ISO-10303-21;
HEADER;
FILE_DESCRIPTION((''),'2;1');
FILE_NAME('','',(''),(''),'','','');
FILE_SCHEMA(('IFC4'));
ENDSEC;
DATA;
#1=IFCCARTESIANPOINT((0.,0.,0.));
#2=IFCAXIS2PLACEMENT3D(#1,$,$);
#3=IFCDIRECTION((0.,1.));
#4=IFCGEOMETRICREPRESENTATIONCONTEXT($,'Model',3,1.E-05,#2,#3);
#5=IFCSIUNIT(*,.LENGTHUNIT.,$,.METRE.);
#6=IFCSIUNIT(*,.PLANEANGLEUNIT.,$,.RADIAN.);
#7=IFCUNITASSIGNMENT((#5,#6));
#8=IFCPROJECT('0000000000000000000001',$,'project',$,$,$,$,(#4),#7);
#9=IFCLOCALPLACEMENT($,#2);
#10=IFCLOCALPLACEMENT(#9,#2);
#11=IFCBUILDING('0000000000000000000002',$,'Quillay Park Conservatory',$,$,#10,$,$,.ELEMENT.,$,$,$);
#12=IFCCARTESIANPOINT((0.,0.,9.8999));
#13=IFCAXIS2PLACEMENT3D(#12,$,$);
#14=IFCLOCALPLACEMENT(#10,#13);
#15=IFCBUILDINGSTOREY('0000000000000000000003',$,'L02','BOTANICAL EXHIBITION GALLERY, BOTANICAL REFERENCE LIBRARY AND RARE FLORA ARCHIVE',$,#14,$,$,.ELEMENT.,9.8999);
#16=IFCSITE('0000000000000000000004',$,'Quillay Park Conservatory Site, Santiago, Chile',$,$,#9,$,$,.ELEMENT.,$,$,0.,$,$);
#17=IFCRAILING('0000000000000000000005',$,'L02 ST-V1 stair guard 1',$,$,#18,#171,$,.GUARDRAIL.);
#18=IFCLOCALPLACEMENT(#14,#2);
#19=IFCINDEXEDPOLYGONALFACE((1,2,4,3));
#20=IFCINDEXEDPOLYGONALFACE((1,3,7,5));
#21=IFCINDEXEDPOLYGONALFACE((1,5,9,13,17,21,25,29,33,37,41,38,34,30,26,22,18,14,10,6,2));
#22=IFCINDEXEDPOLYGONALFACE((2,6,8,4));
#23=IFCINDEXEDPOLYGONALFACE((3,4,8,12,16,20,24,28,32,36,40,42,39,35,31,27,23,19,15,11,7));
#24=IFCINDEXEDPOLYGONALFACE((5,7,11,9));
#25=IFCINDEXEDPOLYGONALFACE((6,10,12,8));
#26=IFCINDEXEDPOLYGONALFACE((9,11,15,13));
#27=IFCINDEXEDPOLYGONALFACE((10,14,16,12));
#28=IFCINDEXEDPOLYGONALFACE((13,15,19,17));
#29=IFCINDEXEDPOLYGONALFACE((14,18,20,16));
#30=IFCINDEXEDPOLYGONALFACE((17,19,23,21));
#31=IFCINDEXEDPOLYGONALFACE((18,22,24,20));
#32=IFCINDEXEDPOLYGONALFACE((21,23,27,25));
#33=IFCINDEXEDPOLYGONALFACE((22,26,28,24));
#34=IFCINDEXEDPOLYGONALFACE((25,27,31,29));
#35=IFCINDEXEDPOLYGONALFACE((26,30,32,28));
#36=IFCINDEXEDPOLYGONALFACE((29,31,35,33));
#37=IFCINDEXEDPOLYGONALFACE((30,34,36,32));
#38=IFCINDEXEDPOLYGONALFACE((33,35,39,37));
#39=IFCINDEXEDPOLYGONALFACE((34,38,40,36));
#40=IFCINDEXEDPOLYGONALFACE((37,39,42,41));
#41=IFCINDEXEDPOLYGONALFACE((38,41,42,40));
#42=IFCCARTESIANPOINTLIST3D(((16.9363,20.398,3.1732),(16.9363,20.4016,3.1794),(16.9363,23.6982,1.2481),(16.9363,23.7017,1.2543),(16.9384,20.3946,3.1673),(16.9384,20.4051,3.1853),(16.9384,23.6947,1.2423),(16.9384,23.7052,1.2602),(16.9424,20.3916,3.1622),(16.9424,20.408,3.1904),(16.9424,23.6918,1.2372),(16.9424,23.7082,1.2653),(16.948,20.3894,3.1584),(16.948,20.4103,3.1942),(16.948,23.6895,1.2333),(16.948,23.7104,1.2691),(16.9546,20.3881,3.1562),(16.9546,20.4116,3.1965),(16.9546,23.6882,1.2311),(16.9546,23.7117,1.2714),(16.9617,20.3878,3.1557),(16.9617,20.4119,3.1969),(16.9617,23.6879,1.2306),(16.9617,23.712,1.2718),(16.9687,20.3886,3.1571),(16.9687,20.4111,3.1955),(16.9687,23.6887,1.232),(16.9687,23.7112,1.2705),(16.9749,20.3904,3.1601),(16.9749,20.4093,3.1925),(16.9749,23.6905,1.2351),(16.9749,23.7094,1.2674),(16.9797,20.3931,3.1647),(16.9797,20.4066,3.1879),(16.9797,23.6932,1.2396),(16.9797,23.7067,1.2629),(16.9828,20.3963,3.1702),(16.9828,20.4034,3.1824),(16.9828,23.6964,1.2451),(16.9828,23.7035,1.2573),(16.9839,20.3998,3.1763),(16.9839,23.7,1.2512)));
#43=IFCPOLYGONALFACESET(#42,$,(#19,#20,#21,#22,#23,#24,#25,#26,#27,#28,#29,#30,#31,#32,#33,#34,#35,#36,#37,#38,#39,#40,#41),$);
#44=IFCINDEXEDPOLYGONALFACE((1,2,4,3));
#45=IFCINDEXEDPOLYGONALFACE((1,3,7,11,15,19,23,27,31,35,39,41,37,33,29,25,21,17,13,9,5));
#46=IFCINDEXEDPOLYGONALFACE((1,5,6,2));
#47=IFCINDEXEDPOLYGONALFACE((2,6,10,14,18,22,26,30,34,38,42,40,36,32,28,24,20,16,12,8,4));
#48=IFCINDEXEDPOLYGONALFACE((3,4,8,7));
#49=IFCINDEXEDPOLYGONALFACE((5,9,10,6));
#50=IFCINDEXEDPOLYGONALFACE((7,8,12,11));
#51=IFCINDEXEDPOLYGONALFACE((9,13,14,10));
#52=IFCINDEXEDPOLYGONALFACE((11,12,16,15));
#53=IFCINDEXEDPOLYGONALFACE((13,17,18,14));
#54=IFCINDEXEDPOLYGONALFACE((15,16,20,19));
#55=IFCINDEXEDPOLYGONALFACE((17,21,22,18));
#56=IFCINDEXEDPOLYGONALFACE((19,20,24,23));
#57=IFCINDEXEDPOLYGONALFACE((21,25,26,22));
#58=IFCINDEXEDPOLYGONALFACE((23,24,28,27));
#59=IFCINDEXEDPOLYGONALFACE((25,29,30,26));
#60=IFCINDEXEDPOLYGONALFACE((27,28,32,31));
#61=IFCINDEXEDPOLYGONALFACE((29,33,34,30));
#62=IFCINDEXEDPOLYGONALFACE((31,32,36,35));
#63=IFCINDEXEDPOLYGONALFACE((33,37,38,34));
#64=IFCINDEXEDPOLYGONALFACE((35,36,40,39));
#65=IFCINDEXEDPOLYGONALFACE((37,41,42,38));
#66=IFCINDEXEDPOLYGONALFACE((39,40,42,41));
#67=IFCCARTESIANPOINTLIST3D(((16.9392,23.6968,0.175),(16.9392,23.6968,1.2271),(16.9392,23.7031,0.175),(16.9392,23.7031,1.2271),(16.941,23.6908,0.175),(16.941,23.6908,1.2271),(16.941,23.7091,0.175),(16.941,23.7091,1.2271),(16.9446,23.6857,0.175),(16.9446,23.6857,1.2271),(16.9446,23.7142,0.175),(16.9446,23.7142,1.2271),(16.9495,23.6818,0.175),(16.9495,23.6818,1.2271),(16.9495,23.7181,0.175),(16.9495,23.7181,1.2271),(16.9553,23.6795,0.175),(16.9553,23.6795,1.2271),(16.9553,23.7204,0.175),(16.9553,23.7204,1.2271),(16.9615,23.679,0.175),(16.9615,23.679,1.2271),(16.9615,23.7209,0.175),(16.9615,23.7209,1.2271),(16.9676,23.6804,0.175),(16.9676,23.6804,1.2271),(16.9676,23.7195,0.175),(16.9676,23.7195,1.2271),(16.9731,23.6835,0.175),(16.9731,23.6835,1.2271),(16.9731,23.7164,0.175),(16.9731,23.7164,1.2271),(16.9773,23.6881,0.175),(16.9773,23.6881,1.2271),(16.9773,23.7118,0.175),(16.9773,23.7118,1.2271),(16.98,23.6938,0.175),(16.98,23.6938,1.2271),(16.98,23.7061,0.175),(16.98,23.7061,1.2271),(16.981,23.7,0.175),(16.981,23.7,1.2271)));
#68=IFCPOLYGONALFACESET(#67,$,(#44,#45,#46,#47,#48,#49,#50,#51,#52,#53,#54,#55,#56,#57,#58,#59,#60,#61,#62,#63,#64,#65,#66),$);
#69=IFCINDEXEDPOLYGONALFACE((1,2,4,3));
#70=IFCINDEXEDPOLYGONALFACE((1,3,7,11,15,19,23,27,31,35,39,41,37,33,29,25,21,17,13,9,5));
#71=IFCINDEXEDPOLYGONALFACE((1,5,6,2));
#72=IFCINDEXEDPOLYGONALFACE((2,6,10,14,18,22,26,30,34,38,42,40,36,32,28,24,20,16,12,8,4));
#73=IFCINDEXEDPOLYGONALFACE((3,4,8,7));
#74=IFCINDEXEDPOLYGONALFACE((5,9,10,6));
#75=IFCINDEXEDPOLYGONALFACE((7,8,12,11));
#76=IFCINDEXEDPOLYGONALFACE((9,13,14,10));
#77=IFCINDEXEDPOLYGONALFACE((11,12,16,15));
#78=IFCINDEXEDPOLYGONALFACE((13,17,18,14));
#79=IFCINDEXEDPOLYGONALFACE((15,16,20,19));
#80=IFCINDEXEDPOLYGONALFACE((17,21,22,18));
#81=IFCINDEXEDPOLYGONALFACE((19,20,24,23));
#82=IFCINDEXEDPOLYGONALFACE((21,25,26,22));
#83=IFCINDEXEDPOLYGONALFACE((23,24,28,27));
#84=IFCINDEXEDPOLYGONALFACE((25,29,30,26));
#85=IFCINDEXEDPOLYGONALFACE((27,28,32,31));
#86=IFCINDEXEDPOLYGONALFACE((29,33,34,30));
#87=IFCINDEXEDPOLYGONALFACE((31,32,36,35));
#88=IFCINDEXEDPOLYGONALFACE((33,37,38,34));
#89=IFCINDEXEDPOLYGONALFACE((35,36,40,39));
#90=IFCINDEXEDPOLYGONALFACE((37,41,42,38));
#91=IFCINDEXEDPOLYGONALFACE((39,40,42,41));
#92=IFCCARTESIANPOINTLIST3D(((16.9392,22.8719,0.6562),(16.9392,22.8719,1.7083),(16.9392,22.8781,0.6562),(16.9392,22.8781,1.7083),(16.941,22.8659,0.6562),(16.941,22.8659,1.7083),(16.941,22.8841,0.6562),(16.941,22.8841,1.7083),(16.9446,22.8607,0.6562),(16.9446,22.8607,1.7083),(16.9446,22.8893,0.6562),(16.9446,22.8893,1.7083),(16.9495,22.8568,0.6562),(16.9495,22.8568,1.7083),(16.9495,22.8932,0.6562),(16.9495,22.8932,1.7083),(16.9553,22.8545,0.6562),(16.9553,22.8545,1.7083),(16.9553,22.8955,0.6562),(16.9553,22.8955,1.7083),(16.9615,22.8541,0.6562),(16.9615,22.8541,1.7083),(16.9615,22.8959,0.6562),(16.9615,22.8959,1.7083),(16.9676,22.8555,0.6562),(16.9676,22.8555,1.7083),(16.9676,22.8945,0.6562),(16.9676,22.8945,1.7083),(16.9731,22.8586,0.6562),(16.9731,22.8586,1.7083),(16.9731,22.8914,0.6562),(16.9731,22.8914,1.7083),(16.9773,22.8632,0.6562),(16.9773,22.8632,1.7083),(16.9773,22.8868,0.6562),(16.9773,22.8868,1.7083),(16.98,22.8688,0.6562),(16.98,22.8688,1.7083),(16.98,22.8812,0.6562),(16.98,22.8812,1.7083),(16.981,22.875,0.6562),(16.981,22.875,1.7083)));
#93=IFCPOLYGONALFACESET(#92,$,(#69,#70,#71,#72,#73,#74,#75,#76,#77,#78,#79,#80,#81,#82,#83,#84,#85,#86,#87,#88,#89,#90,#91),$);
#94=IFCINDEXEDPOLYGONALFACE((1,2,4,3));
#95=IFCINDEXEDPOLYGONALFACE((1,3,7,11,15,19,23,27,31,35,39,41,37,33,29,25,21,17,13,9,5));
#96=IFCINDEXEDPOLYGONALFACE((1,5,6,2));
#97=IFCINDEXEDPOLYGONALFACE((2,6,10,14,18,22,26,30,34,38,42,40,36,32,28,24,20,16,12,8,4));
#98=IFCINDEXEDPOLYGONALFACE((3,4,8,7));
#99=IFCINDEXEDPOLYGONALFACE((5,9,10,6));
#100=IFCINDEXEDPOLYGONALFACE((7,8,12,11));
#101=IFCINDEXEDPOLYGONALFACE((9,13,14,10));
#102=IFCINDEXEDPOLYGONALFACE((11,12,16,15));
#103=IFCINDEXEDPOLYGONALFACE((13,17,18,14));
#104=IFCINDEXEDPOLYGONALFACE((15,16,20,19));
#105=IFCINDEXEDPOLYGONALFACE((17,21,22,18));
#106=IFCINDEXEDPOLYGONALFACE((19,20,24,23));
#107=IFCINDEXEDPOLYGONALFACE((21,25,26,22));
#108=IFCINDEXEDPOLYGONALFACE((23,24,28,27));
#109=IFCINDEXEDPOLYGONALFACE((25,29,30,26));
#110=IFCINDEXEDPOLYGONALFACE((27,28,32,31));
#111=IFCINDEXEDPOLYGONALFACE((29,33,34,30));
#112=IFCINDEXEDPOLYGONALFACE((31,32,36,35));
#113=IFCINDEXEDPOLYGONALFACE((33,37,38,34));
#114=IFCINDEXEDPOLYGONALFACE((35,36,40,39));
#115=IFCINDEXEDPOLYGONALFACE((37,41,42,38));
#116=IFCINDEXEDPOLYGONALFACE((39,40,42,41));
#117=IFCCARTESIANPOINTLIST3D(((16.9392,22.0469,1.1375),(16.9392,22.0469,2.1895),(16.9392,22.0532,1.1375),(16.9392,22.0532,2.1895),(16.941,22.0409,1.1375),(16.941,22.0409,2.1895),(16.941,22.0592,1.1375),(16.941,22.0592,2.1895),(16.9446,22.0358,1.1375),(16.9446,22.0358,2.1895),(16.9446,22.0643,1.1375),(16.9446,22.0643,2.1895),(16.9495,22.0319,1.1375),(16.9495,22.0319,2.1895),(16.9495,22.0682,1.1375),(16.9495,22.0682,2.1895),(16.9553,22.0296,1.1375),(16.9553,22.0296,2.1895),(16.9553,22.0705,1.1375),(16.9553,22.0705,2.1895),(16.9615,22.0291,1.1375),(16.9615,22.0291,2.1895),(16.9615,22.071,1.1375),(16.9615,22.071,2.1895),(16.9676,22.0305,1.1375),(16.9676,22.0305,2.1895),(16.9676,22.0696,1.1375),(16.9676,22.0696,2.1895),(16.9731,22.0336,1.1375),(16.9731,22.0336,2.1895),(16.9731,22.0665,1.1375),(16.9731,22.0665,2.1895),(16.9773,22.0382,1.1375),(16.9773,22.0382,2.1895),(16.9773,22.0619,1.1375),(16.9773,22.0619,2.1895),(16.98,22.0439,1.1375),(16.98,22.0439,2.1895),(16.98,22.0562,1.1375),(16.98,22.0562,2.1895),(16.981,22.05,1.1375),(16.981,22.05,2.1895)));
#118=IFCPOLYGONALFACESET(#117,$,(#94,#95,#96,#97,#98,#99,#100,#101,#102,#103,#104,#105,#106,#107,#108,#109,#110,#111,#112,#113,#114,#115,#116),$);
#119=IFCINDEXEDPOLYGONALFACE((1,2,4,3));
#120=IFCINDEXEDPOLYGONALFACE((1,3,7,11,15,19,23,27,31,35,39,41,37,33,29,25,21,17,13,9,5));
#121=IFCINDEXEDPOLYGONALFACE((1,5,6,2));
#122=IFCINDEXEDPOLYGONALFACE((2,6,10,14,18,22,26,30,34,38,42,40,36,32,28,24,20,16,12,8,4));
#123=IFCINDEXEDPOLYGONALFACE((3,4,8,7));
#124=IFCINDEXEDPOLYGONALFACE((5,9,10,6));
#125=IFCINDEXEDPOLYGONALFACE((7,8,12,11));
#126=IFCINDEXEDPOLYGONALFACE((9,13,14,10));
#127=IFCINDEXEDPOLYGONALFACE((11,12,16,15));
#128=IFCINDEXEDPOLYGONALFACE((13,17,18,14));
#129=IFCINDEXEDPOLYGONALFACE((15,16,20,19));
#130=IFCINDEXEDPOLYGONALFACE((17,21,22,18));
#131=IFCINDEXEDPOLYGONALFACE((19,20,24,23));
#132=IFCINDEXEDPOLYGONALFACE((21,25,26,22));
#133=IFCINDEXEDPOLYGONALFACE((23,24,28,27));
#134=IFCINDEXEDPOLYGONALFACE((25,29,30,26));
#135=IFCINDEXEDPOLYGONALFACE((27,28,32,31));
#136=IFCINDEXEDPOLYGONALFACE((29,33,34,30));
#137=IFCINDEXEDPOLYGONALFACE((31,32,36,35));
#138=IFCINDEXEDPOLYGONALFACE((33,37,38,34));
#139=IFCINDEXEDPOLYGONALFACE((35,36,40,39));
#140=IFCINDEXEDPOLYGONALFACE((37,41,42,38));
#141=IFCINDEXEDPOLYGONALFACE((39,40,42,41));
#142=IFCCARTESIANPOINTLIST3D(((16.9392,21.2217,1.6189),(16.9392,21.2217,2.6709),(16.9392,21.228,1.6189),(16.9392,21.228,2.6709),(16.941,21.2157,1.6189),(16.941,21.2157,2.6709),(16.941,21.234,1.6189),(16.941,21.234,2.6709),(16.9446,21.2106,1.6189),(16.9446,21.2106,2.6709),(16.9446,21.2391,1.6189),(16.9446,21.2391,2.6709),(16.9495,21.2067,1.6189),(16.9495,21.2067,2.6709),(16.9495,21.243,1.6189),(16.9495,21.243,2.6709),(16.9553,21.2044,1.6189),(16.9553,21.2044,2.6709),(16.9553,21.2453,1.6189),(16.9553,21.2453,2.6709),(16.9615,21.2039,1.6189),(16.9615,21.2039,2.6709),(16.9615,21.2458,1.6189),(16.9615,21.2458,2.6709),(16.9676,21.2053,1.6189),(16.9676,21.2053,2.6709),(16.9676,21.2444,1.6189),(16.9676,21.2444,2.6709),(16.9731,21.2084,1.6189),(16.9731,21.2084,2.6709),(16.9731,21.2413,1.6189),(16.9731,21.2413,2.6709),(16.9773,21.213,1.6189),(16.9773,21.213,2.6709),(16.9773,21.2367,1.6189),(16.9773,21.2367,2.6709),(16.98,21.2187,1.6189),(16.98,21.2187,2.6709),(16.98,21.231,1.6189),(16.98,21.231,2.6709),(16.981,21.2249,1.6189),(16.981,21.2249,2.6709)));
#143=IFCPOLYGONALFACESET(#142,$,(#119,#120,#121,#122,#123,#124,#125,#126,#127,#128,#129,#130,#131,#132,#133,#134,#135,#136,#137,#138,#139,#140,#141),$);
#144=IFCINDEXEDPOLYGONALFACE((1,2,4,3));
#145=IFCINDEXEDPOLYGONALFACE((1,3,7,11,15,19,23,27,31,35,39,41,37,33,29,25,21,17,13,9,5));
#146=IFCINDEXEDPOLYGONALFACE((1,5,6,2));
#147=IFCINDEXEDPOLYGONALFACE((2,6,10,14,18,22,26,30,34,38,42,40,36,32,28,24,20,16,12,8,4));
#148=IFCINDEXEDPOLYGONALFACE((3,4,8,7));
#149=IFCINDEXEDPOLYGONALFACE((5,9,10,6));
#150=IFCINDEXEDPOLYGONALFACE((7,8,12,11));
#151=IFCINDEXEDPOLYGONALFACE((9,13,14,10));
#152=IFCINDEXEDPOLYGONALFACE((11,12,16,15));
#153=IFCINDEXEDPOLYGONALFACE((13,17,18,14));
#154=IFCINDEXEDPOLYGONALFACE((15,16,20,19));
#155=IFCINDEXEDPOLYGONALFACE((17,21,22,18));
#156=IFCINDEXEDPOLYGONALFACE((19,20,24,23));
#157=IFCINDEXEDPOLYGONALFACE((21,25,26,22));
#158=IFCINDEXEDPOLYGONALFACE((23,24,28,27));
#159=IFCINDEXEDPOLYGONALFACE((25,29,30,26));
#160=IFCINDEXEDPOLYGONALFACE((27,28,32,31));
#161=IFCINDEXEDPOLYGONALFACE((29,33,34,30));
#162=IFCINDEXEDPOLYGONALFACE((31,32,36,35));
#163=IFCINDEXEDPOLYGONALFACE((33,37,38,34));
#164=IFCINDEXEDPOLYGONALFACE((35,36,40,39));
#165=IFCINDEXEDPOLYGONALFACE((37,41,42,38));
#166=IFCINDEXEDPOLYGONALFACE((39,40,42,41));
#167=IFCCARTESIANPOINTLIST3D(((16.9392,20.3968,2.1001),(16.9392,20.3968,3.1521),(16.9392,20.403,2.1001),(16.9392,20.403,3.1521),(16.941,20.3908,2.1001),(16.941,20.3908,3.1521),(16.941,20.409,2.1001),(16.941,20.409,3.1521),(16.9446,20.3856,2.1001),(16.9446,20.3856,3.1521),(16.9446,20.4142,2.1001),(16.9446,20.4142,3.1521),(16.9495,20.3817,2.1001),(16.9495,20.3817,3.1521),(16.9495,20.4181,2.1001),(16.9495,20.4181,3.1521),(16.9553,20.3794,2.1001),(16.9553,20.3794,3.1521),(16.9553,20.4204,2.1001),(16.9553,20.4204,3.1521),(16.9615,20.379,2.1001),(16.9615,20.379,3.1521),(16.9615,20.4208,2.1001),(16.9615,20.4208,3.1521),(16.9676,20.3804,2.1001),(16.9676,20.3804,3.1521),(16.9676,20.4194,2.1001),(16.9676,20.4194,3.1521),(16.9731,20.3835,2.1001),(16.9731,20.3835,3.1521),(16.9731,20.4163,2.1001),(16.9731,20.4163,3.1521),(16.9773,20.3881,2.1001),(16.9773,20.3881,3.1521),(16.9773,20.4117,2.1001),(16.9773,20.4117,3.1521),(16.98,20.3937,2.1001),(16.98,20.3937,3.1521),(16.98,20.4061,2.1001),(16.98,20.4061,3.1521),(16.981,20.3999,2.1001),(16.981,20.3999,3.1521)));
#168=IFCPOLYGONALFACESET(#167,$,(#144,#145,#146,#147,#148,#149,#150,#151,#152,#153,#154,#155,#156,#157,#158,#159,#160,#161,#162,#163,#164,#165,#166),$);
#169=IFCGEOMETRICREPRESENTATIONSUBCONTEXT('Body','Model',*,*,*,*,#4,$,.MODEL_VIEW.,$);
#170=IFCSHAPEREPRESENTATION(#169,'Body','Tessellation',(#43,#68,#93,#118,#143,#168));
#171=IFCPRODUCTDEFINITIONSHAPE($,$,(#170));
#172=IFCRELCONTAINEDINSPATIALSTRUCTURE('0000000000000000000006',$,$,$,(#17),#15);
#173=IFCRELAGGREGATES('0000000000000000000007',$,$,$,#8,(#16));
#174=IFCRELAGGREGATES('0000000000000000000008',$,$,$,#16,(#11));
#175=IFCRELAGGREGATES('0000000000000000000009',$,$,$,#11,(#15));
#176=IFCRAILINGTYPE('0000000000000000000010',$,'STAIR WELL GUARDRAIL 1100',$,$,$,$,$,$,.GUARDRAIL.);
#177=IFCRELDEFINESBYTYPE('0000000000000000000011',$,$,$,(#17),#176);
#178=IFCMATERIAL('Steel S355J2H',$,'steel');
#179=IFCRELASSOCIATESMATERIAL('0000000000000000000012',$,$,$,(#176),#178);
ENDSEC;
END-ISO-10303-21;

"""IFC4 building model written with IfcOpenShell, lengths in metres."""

from ifc_helpers import new_model, si_unit, direction, frame, origin, origin_2d, place, context, subcontext, project, spatial, circle, extrude, material, type_object, element, save


model = new_model("IFC4")

# Units and contexts
model_context = context("Model", 3, precision=1e-05, world=origin(), true_north=direction((0.0, 1.0)))
body_context = subcontext(model_context, "Body", "Model", "MODEL_VIEW")
ifc_project = project(units=[si_unit("LENGTHUNIT", "METRE"), si_unit("PLANEANGLEUNIT", "RADIAN")], contexts=[model_context])

# Site, building, storey
site_placement = place(None, origin())
site = spatial("IfcSite", under=ifc_project, at=site_placement, Name="Quillay Park Conservatory Site, Santiago, Chile", CompositionType="ELEMENT", RefElevation=0.0)
building_placement = place(site_placement, origin())
building = spatial("IfcBuilding", under=site, at=building_placement, Name="Quillay Park Conservatory", CompositionType="ELEMENT")
storey_placement = place(building_placement, frame((0.0, 0.0, 9.8999)))
storey = spatial("IfcBuildingStorey", under=building, at=storey_placement, Name="L02", Description="BOTANICAL EXHIBITION GALLERY, BOTANICAL REFERENCE LIBRARY AND RARE FLORA ARCHIVE", CompositionType="ELEMENT", Elevation=9.8999)

# Railing
ifc_material_1 = material(Name="Steel S355J2H", Category="steel")
railing_type_1 = type_object("IfcRailingType", Name="STAIR WELL GUARDRAIL 1100", PredefinedType="GUARDRAIL", material=ifc_material_1)
railing_1_placement = place(storey_placement, frame((16.96, 23.7, 0.175)))
element("IfcRailing", 1, at=railing_1_placement, inside=storey, type_object=railing_type_1, Name="L02 ST-V1 stair guard 1", PredefinedType="GUARDRAIL", context=body_context, shape_type="SweptSolid", body=[
    extrude(circle(Radius=0.0239, at=origin_2d()), frame((0.0, 0.0, 1.0762), z_axis=(0.0, -0.863777, 0.503875), x_axis=(1.0, 0.0, 0.0)), (0.0, 0.0, 1.0), 3.8206),
    extrude(circle(Radius=0.021, at=origin_2d()), origin(), (0.0, 0.0, 1.0), 1.052),
    extrude(circle(Radius=0.021, at=origin_2d()), frame((0.0, -0.825, 0.4812)), (0.0, 0.0, 1.0), 1.052),
    extrude(circle(Radius=0.021, at=origin_2d()), frame((0.0, -1.6499, 0.9624)), (0.0, 0.0, 1.0), 1.052),
    extrude(circle(Radius=0.021, at=origin_2d()), frame((0.0, -2.4751, 1.4438)), (0.0, 0.0, 1.0), 1.052),
    extrude(circle(Radius=0.021, at=origin_2d()), frame((0.0, -3.3, 1.925)), (0.0, 0.0, 1.0), 1.052),
])

save(model, "model.ifc")
